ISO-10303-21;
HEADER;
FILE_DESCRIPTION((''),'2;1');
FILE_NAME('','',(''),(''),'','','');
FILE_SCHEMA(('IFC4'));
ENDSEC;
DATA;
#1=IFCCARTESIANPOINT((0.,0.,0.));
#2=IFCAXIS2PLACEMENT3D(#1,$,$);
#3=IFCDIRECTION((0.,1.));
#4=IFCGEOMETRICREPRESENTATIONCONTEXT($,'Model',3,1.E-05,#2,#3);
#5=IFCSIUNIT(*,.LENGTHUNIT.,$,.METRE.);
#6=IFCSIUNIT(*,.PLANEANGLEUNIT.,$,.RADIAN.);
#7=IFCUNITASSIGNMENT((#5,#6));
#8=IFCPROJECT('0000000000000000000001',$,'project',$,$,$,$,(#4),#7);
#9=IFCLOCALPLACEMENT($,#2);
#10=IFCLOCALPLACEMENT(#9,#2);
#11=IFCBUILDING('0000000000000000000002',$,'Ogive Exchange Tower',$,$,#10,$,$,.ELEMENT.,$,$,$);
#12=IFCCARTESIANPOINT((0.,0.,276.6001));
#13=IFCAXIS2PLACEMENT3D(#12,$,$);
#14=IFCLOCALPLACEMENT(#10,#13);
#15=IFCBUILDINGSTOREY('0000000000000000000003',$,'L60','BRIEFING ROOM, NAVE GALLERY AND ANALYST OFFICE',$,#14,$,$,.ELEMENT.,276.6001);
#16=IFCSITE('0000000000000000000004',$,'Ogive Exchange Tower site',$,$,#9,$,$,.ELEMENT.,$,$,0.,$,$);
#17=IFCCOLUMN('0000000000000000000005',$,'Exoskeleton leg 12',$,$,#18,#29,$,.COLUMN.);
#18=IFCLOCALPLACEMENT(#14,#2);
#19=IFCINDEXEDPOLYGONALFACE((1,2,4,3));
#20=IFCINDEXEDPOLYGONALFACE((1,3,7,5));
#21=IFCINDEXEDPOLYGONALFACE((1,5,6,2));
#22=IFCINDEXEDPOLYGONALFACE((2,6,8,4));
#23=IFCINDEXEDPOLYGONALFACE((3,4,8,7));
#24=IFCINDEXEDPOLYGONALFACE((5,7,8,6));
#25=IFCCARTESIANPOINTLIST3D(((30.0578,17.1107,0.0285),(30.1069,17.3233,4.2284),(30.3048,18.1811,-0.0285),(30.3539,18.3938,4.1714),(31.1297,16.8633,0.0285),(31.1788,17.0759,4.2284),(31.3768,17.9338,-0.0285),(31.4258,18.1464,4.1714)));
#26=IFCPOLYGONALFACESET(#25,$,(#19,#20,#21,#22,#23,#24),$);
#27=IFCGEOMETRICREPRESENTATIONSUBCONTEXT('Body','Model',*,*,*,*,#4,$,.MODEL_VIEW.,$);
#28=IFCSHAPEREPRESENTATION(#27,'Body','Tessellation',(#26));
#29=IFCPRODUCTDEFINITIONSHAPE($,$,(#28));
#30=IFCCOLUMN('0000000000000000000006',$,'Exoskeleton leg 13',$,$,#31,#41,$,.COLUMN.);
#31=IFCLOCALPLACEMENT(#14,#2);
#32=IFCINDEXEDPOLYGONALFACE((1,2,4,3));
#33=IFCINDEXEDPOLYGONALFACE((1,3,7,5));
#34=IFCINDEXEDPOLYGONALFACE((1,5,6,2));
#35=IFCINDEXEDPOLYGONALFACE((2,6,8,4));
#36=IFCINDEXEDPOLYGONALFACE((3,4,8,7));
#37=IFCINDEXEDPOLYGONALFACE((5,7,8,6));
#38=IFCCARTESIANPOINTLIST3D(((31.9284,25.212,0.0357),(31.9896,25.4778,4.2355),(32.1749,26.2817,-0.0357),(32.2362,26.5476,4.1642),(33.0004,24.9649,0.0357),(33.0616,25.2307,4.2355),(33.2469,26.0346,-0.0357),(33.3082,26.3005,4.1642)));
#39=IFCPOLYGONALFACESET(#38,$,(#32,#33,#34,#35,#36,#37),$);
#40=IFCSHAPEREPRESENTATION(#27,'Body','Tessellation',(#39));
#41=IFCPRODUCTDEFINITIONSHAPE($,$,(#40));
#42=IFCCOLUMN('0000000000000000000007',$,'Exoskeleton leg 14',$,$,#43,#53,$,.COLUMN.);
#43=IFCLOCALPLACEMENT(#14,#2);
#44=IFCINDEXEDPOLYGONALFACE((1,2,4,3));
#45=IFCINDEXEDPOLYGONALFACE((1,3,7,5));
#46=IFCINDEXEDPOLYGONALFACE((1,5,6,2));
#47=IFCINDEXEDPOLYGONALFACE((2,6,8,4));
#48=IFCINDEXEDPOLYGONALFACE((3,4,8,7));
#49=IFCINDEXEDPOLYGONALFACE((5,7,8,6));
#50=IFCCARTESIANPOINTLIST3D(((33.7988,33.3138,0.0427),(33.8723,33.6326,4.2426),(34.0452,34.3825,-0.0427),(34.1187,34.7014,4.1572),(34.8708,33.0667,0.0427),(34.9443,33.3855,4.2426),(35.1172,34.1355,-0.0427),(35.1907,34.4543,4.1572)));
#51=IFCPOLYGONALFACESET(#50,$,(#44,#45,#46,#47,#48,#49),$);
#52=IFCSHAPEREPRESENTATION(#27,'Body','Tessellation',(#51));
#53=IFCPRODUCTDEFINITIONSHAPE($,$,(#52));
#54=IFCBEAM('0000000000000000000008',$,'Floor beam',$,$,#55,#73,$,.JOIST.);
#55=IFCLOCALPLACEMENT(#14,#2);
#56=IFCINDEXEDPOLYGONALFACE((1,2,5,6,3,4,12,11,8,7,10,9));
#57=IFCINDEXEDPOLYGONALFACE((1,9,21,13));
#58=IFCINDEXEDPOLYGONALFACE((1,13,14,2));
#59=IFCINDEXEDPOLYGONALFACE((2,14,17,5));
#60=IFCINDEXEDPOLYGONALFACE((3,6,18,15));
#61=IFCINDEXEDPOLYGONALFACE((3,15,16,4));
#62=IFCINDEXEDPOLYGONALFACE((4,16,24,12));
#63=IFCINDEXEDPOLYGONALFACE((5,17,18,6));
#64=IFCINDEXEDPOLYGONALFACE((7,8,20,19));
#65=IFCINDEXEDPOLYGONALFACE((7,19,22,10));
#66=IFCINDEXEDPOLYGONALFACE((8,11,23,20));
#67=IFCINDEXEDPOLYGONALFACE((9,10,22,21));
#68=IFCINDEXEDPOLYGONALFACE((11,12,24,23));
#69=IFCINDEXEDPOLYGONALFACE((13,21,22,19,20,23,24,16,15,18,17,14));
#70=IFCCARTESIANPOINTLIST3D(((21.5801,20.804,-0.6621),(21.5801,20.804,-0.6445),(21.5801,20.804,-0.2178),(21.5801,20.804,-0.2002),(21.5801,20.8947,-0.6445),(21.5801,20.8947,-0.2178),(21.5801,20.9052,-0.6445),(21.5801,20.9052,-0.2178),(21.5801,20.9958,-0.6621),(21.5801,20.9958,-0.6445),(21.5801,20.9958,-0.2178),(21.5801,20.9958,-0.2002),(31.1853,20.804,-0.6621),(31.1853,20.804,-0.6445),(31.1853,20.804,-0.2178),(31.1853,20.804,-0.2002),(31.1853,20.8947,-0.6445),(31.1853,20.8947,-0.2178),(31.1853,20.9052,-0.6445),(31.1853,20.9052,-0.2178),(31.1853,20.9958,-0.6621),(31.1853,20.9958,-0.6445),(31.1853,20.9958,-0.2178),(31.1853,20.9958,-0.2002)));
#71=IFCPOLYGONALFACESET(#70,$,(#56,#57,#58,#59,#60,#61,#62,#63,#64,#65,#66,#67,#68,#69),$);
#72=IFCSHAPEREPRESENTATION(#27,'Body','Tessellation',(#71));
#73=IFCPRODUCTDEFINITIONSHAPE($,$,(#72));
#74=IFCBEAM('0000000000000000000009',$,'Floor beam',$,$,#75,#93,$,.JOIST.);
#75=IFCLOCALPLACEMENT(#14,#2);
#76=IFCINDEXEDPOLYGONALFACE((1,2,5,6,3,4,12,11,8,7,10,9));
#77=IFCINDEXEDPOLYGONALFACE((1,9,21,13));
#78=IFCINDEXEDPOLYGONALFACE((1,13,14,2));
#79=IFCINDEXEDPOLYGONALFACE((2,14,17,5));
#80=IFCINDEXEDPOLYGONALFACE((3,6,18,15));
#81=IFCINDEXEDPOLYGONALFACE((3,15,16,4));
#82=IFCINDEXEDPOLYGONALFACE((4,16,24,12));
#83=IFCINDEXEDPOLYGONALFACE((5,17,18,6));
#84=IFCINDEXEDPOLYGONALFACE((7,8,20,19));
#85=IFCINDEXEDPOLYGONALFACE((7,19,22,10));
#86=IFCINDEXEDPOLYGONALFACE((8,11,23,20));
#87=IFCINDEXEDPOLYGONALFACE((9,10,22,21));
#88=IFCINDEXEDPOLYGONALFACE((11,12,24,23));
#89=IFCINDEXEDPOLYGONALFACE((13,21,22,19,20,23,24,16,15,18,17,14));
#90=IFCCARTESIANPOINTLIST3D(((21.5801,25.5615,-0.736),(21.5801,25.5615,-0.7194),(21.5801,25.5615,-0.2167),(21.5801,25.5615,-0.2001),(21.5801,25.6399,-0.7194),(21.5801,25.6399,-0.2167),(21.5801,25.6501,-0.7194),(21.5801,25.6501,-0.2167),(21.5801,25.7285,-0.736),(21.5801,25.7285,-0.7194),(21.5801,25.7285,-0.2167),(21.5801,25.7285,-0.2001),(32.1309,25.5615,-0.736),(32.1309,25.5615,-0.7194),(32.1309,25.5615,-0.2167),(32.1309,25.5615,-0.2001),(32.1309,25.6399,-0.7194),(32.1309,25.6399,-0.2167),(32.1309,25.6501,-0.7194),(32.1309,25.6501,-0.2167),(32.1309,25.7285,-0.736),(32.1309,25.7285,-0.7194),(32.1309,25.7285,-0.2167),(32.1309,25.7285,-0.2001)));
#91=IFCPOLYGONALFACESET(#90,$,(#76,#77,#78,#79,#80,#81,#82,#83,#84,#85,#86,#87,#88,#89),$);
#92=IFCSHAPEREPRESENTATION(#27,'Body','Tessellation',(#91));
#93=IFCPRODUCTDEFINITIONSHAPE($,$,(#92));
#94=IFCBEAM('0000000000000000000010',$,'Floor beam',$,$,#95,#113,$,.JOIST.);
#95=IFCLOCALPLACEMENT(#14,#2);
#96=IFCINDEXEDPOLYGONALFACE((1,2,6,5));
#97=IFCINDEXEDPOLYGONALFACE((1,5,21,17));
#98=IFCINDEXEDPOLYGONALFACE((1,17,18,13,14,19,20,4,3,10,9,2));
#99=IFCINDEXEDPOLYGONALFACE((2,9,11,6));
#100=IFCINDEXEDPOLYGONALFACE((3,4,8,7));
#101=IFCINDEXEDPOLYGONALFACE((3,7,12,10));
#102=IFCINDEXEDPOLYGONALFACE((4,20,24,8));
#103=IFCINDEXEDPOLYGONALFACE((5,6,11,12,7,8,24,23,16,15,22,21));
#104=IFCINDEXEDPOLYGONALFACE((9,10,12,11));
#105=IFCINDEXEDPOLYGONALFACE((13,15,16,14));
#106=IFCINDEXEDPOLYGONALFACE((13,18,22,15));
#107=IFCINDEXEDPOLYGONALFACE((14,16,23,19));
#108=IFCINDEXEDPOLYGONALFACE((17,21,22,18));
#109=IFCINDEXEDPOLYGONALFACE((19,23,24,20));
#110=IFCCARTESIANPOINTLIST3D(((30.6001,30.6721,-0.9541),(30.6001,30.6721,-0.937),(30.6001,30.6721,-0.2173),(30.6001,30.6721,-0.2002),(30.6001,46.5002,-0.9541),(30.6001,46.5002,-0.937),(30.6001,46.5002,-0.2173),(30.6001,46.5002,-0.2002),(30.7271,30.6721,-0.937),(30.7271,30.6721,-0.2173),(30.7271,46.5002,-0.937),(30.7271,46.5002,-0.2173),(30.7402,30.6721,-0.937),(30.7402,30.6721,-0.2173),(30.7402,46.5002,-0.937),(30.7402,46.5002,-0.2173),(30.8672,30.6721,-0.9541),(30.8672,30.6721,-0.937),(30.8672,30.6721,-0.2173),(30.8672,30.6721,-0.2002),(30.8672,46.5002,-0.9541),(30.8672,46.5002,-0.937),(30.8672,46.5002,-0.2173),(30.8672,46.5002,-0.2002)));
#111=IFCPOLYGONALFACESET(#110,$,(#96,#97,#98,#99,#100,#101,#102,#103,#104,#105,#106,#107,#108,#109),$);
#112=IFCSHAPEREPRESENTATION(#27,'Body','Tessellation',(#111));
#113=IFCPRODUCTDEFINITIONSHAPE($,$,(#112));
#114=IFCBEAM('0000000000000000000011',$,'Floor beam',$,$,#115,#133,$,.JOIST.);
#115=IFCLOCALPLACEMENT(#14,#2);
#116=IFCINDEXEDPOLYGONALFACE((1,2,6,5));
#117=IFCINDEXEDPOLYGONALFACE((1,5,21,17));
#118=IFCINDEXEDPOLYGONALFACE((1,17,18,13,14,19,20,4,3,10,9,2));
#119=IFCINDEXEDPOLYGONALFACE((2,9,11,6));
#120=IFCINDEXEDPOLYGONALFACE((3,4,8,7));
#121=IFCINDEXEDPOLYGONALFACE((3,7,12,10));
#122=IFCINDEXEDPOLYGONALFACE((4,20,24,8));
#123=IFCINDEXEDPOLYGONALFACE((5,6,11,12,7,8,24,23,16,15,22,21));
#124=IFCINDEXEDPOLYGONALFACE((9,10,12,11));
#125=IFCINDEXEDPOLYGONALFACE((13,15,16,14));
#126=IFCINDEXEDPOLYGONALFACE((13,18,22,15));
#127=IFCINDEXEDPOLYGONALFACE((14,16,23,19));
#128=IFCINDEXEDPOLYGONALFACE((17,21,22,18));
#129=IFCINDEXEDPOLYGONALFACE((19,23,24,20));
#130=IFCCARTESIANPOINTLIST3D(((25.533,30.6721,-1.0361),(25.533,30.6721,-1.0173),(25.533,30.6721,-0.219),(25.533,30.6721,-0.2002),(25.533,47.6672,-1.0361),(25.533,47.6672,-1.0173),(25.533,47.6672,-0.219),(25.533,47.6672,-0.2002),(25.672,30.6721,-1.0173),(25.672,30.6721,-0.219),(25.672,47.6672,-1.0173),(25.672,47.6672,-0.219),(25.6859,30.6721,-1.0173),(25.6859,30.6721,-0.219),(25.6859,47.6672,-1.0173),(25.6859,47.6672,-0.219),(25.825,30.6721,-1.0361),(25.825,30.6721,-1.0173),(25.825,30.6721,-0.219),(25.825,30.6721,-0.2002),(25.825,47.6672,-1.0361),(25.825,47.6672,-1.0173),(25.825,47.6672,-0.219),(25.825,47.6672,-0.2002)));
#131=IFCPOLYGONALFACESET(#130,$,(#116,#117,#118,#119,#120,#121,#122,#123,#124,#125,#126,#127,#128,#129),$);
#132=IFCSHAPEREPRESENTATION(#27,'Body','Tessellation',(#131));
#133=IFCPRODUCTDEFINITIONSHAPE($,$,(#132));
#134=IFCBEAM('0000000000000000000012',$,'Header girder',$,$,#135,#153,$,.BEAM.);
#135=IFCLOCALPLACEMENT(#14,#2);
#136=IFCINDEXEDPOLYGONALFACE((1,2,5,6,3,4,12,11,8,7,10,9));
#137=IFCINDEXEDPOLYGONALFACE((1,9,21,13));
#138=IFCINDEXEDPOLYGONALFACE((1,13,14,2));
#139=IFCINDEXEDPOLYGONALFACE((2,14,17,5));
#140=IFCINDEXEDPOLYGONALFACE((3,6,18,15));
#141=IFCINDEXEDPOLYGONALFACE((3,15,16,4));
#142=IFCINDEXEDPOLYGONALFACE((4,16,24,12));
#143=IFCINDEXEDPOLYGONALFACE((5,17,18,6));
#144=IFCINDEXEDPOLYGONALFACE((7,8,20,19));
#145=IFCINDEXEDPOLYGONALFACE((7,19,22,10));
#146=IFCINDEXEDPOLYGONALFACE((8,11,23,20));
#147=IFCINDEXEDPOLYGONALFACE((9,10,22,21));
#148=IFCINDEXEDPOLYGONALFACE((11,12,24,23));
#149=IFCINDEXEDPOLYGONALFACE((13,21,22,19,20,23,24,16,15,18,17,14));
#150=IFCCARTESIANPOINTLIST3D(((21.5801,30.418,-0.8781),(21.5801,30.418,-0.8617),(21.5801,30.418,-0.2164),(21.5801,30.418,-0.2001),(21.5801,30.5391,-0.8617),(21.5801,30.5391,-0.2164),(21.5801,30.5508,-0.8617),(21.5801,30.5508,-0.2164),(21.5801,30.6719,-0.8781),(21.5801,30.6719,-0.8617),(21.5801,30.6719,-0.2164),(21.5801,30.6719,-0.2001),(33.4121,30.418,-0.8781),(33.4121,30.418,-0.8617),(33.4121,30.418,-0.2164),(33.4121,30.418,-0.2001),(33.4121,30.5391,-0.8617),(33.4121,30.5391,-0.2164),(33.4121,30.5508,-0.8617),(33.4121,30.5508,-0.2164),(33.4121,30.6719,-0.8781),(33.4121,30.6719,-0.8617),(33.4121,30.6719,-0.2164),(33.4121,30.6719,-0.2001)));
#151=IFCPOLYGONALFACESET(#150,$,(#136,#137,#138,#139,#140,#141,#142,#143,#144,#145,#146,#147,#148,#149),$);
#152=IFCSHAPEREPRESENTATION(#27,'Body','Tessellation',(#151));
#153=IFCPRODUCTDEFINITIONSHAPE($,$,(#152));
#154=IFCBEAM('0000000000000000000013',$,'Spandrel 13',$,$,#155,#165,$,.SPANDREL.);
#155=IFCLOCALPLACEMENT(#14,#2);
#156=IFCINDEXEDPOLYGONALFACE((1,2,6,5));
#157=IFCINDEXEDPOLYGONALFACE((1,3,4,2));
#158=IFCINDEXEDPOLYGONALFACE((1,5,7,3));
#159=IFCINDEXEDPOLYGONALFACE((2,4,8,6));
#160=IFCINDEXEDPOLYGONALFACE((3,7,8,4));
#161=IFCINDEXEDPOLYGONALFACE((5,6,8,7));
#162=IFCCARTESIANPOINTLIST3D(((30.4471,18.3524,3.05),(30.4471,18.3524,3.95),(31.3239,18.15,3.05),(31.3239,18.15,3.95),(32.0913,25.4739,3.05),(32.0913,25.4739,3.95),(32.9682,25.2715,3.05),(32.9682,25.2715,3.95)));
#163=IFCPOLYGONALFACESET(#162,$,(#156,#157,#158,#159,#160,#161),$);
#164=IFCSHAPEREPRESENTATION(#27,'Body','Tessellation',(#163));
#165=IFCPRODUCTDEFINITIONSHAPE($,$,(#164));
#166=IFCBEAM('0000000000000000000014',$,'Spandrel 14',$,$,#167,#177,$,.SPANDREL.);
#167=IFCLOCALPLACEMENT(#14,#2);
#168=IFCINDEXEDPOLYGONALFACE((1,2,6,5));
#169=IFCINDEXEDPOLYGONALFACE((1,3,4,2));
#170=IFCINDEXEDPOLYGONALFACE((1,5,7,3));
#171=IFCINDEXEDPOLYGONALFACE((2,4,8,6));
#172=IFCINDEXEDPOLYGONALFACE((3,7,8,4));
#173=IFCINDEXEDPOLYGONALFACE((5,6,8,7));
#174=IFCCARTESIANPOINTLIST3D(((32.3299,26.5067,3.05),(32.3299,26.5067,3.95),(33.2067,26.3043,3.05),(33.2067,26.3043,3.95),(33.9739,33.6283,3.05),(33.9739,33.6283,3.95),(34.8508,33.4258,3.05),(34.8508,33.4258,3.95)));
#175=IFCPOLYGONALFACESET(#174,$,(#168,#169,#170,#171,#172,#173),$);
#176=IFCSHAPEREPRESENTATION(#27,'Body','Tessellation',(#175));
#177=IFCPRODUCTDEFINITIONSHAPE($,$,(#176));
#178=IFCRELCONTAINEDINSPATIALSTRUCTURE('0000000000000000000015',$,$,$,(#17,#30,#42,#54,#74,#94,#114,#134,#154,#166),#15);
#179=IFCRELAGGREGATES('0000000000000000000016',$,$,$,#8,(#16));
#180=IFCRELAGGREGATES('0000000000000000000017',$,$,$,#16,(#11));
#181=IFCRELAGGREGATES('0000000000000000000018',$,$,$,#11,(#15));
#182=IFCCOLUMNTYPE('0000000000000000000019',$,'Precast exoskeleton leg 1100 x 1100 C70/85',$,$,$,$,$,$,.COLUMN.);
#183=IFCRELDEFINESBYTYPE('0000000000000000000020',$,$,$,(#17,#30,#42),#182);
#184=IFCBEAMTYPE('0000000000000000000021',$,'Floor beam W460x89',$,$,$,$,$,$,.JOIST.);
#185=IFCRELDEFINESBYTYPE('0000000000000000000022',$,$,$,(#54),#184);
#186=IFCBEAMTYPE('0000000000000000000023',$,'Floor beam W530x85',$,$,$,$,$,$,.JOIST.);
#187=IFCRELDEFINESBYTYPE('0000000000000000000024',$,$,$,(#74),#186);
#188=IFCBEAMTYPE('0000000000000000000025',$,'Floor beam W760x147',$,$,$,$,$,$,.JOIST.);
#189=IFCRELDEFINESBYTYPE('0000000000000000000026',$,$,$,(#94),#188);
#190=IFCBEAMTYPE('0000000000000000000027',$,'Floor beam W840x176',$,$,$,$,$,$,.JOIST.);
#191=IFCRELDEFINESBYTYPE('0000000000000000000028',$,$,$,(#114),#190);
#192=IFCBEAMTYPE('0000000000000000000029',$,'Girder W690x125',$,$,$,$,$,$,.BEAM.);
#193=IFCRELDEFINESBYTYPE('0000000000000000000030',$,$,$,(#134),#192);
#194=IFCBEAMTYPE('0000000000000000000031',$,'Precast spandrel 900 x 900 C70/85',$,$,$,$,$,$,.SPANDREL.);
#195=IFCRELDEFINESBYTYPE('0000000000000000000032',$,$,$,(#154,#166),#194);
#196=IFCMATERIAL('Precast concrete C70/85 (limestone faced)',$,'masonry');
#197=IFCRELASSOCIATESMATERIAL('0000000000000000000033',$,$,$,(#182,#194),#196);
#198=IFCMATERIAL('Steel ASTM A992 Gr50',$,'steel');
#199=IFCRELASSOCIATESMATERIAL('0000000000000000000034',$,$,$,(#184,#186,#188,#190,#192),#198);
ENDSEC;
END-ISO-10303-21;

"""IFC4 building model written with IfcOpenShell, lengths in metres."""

from ifc_helpers import new_model, si_unit, direction, frame, origin, origin_2d, place, context, subcontext, project, spatial, rectangle, i_section, extrude, material, material_profile, profile_set, type_object, element, save


model = new_model("IFC4")

# Units and contexts
model_context = context("Model", 3, precision=1e-05, world=origin(), true_north=direction((0.0, 1.0)))
body_context = subcontext(model_context, "Body", "Model", "MODEL_VIEW")
ifc_project = project(units=[si_unit("LENGTHUNIT", "METRE"), si_unit("PLANEANGLEUNIT", "RADIAN")], contexts=[model_context])

# Site, building, storey
site_placement = place(None, origin())
site = spatial("IfcSite", under=ifc_project, at=site_placement, Name="Ogive Exchange Tower site", CompositionType="ELEMENT", RefElevation=0.0)
building_placement = place(site_placement, origin())
building = spatial("IfcBuilding", under=site, at=building_placement, Name="Ogive Exchange Tower", CompositionType="ELEMENT")
storey_placement = place(building_placement, frame((0.0, 0.0, 276.6001)))
storey = spatial("IfcBuildingStorey", under=building, at=storey_placement, Name="L60", Description="BRIEFING ROOM, NAVE GALLERY AND ANALYST OFFICE", CompositionType="ELEMENT", Elevation=276.6001)

# Columns
ifc_material_1 = material(Name="Precast concrete C70/85 (limestone faced)", Category="masonry")
ifc_material_profile_1 = material_profile(ifc_material_1, rectangle(XDim=1.1001, YDim=1.1001, at=origin_2d()), Name="1100 x 1100")
ifc_profile_set_1 = profile_set([ifc_material_profile_1], Name="Precast concrete C70/85 (limestone faced)")
column_type = type_object("IfcColumnType", Name="Precast exoskeleton leg 1100 x 1100 C70/85", PredefinedType="COLUMN", material=ifc_profile_set_1)
column_1_placement = place(storey_placement, frame((30.7173, 17.5222, 0.0), z_axis=(0.011668, 0.050562, 0.998653), x_axis=(-0.974391, 0.22486, 0.0)))
element("IfcColumn", 1, at=column_1_placement, inside=storey, type_object=column_type, Name="Exoskeleton leg 12", PredefinedType="COLUMN", context=body_context, shape_type="SweptSolid", body=[
    extrude(rectangle(XDim=1.1001, YDim=1.1001, at=origin_2d()), origin(), (0.0, 0.0, 1.0), 4.2056),
])
column_2_placement = place(storey_placement, frame((32.5876, 25.6233, 0.0), z_axis=(0.01456, 0.06317, 0.997897), x_axis=(-0.974451, 0.224598, 0.0)))
element("IfcColumn", 2, at=column_2_placement, inside=storey, type_object=column_type, Name="Exoskeleton leg 13", PredefinedType="COLUMN", context=body_context, shape_type="SweptSolid", body=[
    extrude(rectangle(XDim=1.1001, YDim=1.1001, at=origin_2d()), origin(), (0.0, 0.0, 1.0), 4.2087),
])
column_3_placement = place(storey_placement, frame((34.458, 33.7246, 0.0), z_axis=(0.017444, 0.075688, 0.996979), x_axis=(-0.974454, 0.224587, 0.0)))
element("IfcColumn", 3, at=column_3_placement, inside=storey, type_object=column_type, Name="Exoskeleton leg 14", PredefinedType="COLUMN", context=body_context, shape_type="SweptSolid", body=[
    extrude(rectangle(XDim=1.1001, YDim=1.1001, at=origin_2d()), origin(), (0.0, 0.0, 1.0), 4.2126),
])

# Beams
ifc_material_2 = material(Name="Steel ASTM A992 Gr50", Category="steel")
ifc_material_profile_2 = material_profile(ifc_material_2, i_section(OverallWidth=0.1919, OverallDepth=0.4619, WebThickness=0.0105, FlangeThickness=0.0176, at=origin_2d()), Name="W460x89")
ifc_profile_set_2 = profile_set([ifc_material_profile_2], Name="Steel ASTM A992 Gr50")
beam_type_1 = type_object("IfcBeamType", Name="Floor beam W460x89", PredefinedType="JOIST", material=ifc_profile_set_2)
beam_1_placement = place(storey_placement, frame((21.5801, 20.8999, -0.4312), z_axis=(1.0, 0.0, 0.0), x_axis=(0.0, 1.0, 0.0)))
element("IfcBeam", 4, at=beam_1_placement, inside=storey, type_object=beam_type_1, Name="Floor beam", PredefinedType="JOIST", context=body_context, shape_type="SweptSolid", body=[
    extrude(i_section(OverallWidth=0.1919, OverallDepth=0.4619, WebThickness=0.0105, FlangeThickness=0.0176, at=origin_2d()), origin(), (0.0, 0.0, 1.0), 9.6052),
])
ifc_material_profile_3 = material_profile(ifc_material_2, i_section(OverallWidth=0.167, OverallDepth=0.5359, WebThickness=0.0103, FlangeThickness=0.0166, at=origin_2d()), Name="W530x85")
ifc_profile_set_3 = profile_set([ifc_material_profile_3], Name="Steel ASTM A992 Gr50")
beam_type_2 = type_object("IfcBeamType", Name="Floor beam W530x85", PredefinedType="JOIST", material=ifc_profile_set_3)
beam_2_placement = place(storey_placement, frame((21.5801, 25.645, -0.468), z_axis=(1.0, 0.0, 0.0), x_axis=(0.0, 1.0, 0.0)))
element("IfcBeam", 5, at=beam_2_placement, inside=storey, type_object=beam_type_2, Name="Floor beam", PredefinedType="JOIST", context=body_context, shape_type="SweptSolid", body=[
    extrude(i_section(OverallWidth=0.167, OverallDepth=0.5359, WebThickness=0.0103, FlangeThickness=0.0166, at=origin_2d()), origin(), (0.0, 0.0, 1.0), 10.5508),
])
ifc_material_profile_4 = material_profile(ifc_material_2, i_section(OverallWidth=0.2671, OverallDepth=0.7539, WebThickness=0.0132, FlangeThickness=0.0171, at=origin_2d()), Name="W760x147")
ifc_profile_set_4 = profile_set([ifc_material_profile_4], Name="Steel ASTM A992 Gr50")
beam_type_3 = type_object("IfcBeamType", Name="Floor beam W760x147", PredefinedType="JOIST", material=ifc_profile_set_4)
beam_3_placement = place(storey_placement, frame((30.7336, 30.6721, -0.5771), z_axis=(0.0, 1.0, 0.0), x_axis=(-1.0, 0.0, 0.0)))
element("IfcBeam", 6, at=beam_3_placement, inside=storey, type_object=beam_type_3, Name="Floor beam", PredefinedType="JOIST", context=body_context, shape_type="SweptSolid", body=[
    extrude(i_section(OverallWidth=0.2671, OverallDepth=0.7539, WebThickness=0.0132, FlangeThickness=0.0171, at=origin_2d()), origin(), (0.0, 0.0, 1.0), 15.8281),
])
ifc_material_profile_5 = material_profile(ifc_material_2, i_section(OverallWidth=0.292, OverallDepth=0.8359, WebThickness=0.0139, FlangeThickness=0.0188, at=origin_2d()), Name="W840x176")
ifc_profile_set_5 = profile_set([ifc_material_profile_5], Name="Steel ASTM A992 Gr50")
beam_type_4 = type_object("IfcBeamType", Name="Floor beam W840x176", PredefinedType="JOIST", material=ifc_profile_set_5)
beam_4_placement = place(storey_placement, frame((25.679, 30.6721, -0.6182), z_axis=(0.0, 1.0, 0.0), x_axis=(-1.0, 0.0, 0.0)))
element("IfcBeam", 7, at=beam_4_placement, inside=storey, type_object=beam_type_4, Name="Floor beam", PredefinedType="JOIST", context=body_context, shape_type="SweptSolid", body=[
    extrude(i_section(OverallWidth=0.292, OverallDepth=0.8359, WebThickness=0.0139, FlangeThickness=0.0188, at=origin_2d()), origin(), (0.0, 0.0, 1.0), 16.9951),
])
ifc_material_profile_6 = material_profile(ifc_material_2, i_section(OverallWidth=0.2539, OverallDepth=0.678, WebThickness=0.0117, FlangeThickness=0.0164, at=origin_2d()), Name="W690x125")
ifc_profile_set_6 = profile_set([ifc_material_profile_6], Name="Steel ASTM A992 Gr50")
beam_type_5 = type_object("IfcBeamType", Name="Girder W690x125", PredefinedType="BEAM", material=ifc_profile_set_6)
beam_5_placement = place(storey_placement, frame((21.5801, 30.5449, -0.5391), z_axis=(1.0, 0.0, 0.0), x_axis=(0.0, 1.0, 0.0)))
element("IfcBeam", 8, at=beam_5_placement, inside=storey, type_object=beam_type_5, Name="Header girder", PredefinedType="BEAM", context=body_context, shape_type="SweptSolid", body=[
    extrude(i_section(OverallWidth=0.2539, OverallDepth=0.678, WebThickness=0.0117, FlangeThickness=0.0164, at=origin_2d()), origin(), (0.0, 0.0, 1.0), 11.832),
])
ifc_material_profile_7 = material_profile(ifc_material_1, rectangle(XDim=0.8999, YDim=0.8999, at=origin_2d()), Name="900 x 900")
ifc_profile_set_7 = profile_set([ifc_material_profile_7], Name="Precast concrete C70/85 (limestone faced)")
beam_type_6 = type_object("IfcBeamType", Name="Precast spandrel 900 x 900 C70/85", PredefinedType="SPANDREL", material=ifc_profile_set_7)
for number, where, z_axis, x_axis, name in (
    (9, (30.8855, 18.2512, 3.5), (0.224969, 0.974366, 0.0), (-0.974366, 0.224969, 0.0), "Spandrel 13"),
    (10, (32.7683, 26.4055, 3.5), (0.224938, 0.974373, 0.0), (-0.974373, 0.224938, 0.0), "Spandrel 14"),
):
    element("IfcBeam", number, at=place(storey_placement, frame(where, z_axis=z_axis, x_axis=x_axis)), inside=storey, type_object=beam_type_6, Name=name, PredefinedType="SPANDREL", context=body_context, shape_type="SweptSolid", body=[
        extrude(rectangle(XDim=0.8999, YDim=0.8999, at=origin_2d()), origin(), (0.0, 0.0, 1.0), 7.3088),
    ])

save(model, "model.ifc")
